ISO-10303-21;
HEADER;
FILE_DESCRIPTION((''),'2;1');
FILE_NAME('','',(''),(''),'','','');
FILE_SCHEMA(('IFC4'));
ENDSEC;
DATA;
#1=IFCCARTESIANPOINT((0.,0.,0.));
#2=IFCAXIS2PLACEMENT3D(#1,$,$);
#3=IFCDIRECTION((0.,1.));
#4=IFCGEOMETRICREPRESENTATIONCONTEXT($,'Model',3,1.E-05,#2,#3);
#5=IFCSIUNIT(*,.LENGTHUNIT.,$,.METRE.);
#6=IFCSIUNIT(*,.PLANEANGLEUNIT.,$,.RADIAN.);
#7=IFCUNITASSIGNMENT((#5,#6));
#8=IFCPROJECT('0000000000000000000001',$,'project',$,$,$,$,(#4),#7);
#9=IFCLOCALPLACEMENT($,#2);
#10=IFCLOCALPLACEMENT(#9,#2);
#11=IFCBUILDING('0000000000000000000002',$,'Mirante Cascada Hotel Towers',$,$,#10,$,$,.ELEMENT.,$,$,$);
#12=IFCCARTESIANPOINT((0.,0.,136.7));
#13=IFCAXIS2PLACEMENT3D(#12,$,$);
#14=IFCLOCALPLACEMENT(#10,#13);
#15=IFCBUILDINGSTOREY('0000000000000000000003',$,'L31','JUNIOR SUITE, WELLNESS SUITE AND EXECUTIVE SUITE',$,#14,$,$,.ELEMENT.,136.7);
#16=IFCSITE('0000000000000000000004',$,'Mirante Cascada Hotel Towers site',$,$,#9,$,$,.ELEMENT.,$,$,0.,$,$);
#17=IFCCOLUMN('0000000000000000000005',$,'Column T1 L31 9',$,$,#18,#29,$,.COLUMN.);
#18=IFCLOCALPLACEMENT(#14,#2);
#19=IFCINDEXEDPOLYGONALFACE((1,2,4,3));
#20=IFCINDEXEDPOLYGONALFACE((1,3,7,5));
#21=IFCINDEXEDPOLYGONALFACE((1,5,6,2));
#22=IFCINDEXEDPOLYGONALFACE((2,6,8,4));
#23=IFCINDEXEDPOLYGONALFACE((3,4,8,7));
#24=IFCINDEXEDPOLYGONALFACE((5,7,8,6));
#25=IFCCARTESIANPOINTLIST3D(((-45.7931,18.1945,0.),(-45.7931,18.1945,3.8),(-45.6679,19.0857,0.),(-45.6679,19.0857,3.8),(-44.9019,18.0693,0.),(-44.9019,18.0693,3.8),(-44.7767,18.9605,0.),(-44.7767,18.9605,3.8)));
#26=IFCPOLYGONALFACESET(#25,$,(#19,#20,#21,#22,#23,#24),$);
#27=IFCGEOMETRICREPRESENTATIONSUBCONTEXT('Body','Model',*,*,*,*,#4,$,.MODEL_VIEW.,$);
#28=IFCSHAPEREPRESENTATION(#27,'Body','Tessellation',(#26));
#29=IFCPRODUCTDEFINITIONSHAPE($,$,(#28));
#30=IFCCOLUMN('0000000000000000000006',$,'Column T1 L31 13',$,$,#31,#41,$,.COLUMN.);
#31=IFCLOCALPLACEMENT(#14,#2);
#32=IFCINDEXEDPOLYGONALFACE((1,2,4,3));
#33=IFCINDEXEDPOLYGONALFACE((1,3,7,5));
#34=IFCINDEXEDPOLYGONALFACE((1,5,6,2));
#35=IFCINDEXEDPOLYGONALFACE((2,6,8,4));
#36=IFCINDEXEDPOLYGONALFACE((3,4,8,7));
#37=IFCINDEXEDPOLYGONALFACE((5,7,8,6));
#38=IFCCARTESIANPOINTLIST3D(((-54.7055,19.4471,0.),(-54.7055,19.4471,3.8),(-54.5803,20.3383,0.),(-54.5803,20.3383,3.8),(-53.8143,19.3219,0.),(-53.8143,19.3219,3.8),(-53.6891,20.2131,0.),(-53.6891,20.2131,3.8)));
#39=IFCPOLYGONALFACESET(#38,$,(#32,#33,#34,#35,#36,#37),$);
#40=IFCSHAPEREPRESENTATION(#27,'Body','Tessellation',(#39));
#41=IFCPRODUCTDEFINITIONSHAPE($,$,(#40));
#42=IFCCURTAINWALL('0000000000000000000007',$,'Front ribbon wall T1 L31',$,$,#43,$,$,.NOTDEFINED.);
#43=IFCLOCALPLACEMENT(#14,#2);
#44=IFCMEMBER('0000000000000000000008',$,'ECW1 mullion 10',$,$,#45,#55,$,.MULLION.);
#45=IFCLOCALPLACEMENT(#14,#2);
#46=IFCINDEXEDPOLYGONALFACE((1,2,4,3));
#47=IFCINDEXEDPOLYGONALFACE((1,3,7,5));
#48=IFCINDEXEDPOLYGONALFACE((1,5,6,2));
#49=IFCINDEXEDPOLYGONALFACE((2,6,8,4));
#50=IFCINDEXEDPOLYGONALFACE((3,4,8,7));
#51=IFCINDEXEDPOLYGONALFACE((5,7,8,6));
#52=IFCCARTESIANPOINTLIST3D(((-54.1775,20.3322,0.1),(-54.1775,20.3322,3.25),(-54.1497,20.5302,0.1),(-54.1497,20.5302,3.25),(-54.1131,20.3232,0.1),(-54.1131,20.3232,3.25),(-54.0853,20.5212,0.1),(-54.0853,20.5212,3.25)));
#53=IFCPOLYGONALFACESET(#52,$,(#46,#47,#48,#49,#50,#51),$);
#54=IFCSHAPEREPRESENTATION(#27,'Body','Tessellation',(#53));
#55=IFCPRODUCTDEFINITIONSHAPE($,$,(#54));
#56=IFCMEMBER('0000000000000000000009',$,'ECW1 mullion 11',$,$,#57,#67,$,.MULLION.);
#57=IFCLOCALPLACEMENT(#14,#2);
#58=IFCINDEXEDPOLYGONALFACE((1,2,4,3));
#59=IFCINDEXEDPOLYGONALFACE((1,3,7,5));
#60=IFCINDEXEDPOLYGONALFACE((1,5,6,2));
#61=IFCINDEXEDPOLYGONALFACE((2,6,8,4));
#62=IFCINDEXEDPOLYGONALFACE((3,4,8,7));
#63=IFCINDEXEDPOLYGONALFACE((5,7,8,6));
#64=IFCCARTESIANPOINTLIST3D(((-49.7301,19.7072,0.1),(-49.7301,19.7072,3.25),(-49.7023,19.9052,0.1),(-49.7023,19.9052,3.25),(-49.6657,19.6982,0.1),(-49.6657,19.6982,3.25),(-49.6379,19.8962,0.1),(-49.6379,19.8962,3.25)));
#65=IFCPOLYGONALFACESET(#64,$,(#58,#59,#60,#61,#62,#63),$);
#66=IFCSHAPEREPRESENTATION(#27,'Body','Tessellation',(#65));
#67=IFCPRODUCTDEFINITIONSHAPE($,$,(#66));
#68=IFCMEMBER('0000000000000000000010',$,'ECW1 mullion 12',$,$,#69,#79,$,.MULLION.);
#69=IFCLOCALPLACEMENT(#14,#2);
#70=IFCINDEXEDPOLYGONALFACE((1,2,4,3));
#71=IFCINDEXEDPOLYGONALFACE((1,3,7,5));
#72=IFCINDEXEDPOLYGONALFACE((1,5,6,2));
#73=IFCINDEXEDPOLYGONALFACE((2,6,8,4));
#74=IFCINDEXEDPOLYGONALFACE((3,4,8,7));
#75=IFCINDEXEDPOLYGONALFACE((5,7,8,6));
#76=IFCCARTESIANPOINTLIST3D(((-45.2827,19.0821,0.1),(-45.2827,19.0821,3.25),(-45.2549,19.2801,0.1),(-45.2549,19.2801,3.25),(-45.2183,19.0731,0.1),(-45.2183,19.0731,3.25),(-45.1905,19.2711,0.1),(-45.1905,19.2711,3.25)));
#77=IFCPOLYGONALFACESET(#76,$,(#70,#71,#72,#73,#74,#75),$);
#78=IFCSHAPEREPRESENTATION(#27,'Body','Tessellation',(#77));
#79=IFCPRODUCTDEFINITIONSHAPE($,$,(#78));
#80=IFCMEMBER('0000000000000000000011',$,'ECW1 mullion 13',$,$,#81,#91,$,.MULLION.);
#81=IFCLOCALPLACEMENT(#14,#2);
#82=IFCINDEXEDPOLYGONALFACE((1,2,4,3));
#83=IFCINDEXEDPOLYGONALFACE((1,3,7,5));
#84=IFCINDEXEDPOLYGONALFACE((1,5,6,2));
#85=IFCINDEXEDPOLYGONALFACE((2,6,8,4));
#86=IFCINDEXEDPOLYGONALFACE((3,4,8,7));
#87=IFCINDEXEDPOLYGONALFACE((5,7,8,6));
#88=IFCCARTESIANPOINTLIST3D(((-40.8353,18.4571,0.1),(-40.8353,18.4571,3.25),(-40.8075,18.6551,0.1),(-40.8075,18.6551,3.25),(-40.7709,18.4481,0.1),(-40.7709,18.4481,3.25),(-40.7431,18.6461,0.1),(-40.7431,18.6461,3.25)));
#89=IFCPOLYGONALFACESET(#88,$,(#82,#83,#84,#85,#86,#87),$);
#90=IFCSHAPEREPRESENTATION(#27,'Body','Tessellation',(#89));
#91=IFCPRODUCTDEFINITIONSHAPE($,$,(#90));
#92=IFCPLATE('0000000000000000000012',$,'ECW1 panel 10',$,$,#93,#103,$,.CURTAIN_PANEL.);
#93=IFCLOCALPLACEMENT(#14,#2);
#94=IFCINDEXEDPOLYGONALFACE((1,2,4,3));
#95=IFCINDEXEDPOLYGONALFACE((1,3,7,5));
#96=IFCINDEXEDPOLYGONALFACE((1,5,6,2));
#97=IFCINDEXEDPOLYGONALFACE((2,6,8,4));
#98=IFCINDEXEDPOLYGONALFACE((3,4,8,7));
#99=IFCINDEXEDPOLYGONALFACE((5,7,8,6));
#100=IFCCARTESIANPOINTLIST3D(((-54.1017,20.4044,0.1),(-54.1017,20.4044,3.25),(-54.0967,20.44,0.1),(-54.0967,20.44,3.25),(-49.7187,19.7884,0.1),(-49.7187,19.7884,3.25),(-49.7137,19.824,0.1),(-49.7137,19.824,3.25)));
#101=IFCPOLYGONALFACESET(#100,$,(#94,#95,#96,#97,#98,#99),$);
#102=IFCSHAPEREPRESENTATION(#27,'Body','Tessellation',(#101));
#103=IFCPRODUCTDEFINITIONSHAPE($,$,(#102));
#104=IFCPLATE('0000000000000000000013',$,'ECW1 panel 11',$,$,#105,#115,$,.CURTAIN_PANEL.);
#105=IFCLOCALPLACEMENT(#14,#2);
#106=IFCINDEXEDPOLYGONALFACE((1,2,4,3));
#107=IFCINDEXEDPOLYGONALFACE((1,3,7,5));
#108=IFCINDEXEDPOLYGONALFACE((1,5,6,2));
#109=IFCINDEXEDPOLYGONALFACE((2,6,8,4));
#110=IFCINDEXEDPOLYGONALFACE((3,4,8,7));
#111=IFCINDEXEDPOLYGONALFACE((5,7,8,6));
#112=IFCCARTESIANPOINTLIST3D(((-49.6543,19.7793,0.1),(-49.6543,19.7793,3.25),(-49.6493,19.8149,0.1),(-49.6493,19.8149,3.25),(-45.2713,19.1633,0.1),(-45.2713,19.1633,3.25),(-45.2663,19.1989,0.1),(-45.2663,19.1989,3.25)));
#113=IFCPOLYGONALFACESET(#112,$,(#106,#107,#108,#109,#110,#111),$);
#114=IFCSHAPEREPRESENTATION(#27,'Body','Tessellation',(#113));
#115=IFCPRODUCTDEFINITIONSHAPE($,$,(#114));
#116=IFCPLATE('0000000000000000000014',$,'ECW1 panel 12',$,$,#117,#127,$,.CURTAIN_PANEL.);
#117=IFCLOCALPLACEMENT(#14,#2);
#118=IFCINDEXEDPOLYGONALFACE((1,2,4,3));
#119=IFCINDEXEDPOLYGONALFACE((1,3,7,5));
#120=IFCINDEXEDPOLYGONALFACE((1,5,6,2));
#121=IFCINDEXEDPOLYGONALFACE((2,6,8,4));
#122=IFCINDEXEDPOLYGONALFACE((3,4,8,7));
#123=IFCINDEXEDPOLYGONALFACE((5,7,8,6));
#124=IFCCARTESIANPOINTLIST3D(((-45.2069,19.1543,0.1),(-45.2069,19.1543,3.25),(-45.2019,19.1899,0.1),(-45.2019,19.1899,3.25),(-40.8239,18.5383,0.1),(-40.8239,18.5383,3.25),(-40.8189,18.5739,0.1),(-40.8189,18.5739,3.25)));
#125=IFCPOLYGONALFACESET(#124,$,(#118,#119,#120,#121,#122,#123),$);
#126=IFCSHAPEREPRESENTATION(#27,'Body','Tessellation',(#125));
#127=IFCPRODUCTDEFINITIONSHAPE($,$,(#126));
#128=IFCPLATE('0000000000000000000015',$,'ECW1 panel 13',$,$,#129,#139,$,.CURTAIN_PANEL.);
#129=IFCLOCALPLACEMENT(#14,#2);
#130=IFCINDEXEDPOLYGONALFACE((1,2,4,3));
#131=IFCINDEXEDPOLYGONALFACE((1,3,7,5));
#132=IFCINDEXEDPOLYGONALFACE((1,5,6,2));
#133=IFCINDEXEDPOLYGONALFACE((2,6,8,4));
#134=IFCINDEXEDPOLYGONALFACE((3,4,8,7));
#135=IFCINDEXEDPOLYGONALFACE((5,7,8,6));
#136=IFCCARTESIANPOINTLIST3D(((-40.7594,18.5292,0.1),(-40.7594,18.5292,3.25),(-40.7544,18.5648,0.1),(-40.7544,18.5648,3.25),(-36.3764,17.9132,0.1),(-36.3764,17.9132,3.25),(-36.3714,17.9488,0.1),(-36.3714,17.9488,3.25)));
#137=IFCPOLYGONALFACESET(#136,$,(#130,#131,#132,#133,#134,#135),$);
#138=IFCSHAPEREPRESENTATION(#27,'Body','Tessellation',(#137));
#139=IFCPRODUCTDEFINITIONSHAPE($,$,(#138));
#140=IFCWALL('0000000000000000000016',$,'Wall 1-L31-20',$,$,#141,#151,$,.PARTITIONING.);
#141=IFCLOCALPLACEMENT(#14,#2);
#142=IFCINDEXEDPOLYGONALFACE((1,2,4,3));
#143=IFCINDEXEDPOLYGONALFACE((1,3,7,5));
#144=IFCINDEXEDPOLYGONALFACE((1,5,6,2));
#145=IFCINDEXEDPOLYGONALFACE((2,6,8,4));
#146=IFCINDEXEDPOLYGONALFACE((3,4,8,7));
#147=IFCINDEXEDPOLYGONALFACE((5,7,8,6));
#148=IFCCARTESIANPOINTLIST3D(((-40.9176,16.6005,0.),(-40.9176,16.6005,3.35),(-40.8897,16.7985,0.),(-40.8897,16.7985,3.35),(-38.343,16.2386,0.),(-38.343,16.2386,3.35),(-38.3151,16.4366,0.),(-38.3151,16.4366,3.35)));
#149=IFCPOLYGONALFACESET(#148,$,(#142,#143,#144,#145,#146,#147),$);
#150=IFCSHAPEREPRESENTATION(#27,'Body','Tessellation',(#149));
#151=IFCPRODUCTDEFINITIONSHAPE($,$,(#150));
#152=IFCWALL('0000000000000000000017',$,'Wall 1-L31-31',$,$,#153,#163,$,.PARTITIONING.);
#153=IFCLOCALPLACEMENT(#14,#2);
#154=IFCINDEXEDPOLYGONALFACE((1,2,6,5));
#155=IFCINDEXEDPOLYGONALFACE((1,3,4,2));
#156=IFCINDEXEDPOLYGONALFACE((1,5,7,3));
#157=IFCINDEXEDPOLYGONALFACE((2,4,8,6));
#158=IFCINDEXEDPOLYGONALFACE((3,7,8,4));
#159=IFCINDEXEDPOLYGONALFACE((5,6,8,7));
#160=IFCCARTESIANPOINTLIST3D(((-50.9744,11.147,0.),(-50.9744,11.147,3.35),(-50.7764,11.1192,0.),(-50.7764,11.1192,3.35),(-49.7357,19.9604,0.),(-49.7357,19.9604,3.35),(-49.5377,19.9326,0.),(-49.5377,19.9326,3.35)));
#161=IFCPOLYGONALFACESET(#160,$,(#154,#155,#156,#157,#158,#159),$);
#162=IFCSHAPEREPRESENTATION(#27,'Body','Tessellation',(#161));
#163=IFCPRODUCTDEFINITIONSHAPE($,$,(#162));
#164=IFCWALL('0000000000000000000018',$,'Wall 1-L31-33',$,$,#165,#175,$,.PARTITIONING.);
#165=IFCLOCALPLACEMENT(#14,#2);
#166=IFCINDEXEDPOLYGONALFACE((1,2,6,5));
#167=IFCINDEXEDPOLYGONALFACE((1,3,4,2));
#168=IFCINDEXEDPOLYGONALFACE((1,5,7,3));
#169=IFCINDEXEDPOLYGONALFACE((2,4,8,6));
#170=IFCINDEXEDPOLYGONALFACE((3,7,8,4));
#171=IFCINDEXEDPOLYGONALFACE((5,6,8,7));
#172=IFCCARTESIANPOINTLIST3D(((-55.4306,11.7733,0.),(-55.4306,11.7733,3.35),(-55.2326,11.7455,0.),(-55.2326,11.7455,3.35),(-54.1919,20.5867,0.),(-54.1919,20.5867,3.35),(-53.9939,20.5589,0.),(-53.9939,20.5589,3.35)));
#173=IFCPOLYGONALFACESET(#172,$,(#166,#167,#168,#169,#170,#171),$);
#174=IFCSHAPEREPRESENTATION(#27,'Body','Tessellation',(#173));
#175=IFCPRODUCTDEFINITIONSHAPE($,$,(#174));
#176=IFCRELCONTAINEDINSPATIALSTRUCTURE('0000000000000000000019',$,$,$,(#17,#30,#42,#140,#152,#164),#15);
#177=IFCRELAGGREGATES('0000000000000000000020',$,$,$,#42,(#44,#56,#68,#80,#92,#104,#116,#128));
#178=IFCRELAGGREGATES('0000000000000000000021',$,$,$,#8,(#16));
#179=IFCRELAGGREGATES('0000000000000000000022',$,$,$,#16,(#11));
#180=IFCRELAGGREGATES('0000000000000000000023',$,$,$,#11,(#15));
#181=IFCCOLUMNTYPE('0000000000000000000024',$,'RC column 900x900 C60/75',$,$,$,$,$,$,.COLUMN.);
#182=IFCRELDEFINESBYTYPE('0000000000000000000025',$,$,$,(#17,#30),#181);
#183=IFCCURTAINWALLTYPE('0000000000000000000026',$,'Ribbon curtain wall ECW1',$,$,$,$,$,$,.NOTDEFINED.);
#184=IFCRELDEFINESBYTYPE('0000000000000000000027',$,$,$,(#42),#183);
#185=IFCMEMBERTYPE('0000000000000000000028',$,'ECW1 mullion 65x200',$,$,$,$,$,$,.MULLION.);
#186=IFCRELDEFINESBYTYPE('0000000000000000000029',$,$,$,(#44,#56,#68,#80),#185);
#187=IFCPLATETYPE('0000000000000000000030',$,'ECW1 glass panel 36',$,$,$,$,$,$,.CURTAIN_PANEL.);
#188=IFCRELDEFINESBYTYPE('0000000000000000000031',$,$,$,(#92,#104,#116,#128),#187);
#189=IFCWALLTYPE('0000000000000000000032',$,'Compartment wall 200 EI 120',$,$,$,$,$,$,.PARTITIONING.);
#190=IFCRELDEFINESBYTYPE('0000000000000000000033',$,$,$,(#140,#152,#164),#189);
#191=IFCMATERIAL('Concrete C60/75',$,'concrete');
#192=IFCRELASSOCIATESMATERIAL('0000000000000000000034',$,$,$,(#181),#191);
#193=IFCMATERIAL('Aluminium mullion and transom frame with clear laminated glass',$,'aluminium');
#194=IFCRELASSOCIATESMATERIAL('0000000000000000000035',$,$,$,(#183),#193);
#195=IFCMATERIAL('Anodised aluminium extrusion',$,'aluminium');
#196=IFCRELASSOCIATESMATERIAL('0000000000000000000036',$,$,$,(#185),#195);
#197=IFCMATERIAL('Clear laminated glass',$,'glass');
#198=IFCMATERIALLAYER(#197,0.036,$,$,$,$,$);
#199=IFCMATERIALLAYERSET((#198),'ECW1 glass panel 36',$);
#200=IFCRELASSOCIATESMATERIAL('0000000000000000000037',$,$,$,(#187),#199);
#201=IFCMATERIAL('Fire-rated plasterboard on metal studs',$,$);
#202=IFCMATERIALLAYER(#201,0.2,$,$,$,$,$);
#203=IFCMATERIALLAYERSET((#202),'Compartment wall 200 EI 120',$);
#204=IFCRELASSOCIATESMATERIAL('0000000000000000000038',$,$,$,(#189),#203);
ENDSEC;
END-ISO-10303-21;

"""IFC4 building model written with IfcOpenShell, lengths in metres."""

from ifc_helpers import new_model, si_unit, direction, frame, frame_2d, origin, origin_2d, place, context, subcontext, project, spatial, rectangle, extrude, material, layer, layer_set, material_profile, profile_set, type_object, element, aggregate, save


model = new_model("IFC4")

# Units and contexts
model_context = context("Model", 3, precision=1e-05, world=origin(), true_north=direction((0.0, 1.0)))
body_context = subcontext(model_context, "Body", "Model", "MODEL_VIEW")
ifc_project = project(units=[si_unit("LENGTHUNIT", "METRE"), si_unit("PLANEANGLEUNIT", "RADIAN")], contexts=[model_context])

# Site, building, storey
site_placement = place(None, origin())
site = spatial("IfcSite", under=ifc_project, at=site_placement, Name="Mirante Cascada Hotel Towers site", CompositionType="ELEMENT", RefElevation=0.0)
building_placement = place(site_placement, origin())
building = spatial("IfcBuilding", under=site, at=building_placement, Name="Mirante Cascada Hotel Towers", CompositionType="ELEMENT")
storey_placement = place(building_placement, frame((0.0, 0.0, 136.7)))
storey = spatial("IfcBuildingStorey", under=building, at=storey_placement, Name="L31", Description="JUNIOR SUITE, WELLNESS SUITE AND EXECUTIVE SUITE", CompositionType="ELEMENT", Elevation=136.7)

# Columns
ifc_material_1 = material(Name="Concrete C60/75", Category="concrete")
ifc_material_profile_1 = material_profile(ifc_material_1, rectangle(XDim=0.9, YDim=0.9, at=origin_2d()), Name="RC column 900x900 C60/75")
ifc_profile_set_1 = profile_set([ifc_material_profile_1], Name="Concrete C60/75")
column_type = type_object("IfcColumnType", Name="RC column 900x900 C60/75", PredefinedType="COLUMN", material=ifc_profile_set_1)
for number, where, z_axis, x_axis, name in (
    (1, (-45.2849, 18.5775, 0.0), (0.0, 0.0, 1.0), (-0.990268, 0.139173, 0.0), "Column T1 L31 9"),
    (2, (-54.1973, 19.8301, 0.0), (0.0, 0.0, 1.0), (-0.990268, 0.139173, 0.0), "Column T1 L31 13"),
):
    element("IfcColumn", number, at=place(storey_placement, frame(where, z_axis=z_axis, x_axis=x_axis)), inside=storey, type_object=column_type, Name=name, PredefinedType="COLUMN", context=body_context, shape_type="SweptSolid", body=[
        extrude(rectangle(XDim=0.9, YDim=0.9, at=origin_2d()), origin(), (0.0, 0.0, 1.0), 3.8),
    ])

# Curtain wall, members, plates
ifc_material_2 = material(Name="Aluminium mullion and transom frame with clear laminated glass", Category="aluminium")
curtain_wall_type = type_object("IfcCurtainWallType", Name="Ribbon curtain wall ECW1", PredefinedType="NOTDEFINED", material=ifc_material_2)
curtain_wall_placement = place(storey_placement, origin())
curtain_wall = element("IfcCurtainWall", 3, at=curtain_wall_placement, inside=storey, type_object=curtain_wall_type, Name="Front ribbon wall T1 L31", PredefinedType="NOTDEFINED")
ifc_material_3 = material(Name="Anodised aluminium extrusion", Category="aluminium")
ifc_material_profile_2 = material_profile(ifc_material_3, rectangle(XDim=0.2, YDim=0.065, at=origin_2d()), Name="ECW1 MULLION 65x200")
ifc_profile_set_2 = profile_set([ifc_material_profile_2], Name="Anodised aluminium extrusion")
member_type = type_object("IfcMemberType", Name="ECW1 mullion 65x200", PredefinedType="MULLION", material=ifc_profile_set_2)
member_1_placement = place(storey_placement, frame((-54.1314, 20.4267, 0.1), z_axis=(0.0, 0.0, 1.0), x_axis=(0.139173, 0.990268, 0.0)))
member_1 = element("IfcMember", 4, at=member_1_placement, type_object=member_type, Name="ECW1 mullion 10", PredefinedType="MULLION", context=body_context, shape_type="SweptSolid", body=[
    extrude(rectangle(XDim=0.2, YDim=0.065, at=origin_2d()), origin(), (0.0, 0.0, 1.0), 3.15),
])
member_2_placement = place(storey_placement, frame((-49.684, 19.8017, 0.1), z_axis=(0.0, 0.0, 1.0), x_axis=(0.139173, 0.990268, 0.0)))
member_2 = element("IfcMember", 5, at=member_2_placement, type_object=member_type, Name="ECW1 mullion 11", PredefinedType="MULLION", context=body_context, shape_type="SweptSolid", body=[
    extrude(rectangle(XDim=0.2, YDim=0.065, at=origin_2d()), origin(), (0.0, 0.0, 1.0), 3.15),
])
member_3_placement = place(storey_placement, frame((-45.2366, 19.1766, 0.1), z_axis=(0.0, 0.0, 1.0), x_axis=(0.139173, 0.990268, 0.0)))
member_3 = element("IfcMember", 6, at=member_3_placement, type_object=member_type, Name="ECW1 mullion 12", PredefinedType="MULLION", context=body_context, shape_type="SweptSolid", body=[
    extrude(rectangle(XDim=0.2, YDim=0.065, at=origin_2d()), origin(), (0.0, 0.0, 1.0), 3.15),
])
member_4_placement = place(storey_placement, frame((-40.7892, 18.5516, 0.1), z_axis=(0.0, 0.0, 1.0), x_axis=(0.139173, 0.990268, 0.0)))
member_4 = element("IfcMember", 7, at=member_4_placement, type_object=member_type, Name="ECW1 mullion 13", PredefinedType="MULLION", context=body_context, shape_type="SweptSolid", body=[
    extrude(rectangle(XDim=0.2, YDim=0.065, at=origin_2d()), origin(), (0.0, 0.0, 1.0), 3.15),
])
ifc_material_4 = material(Name="Clear laminated glass", Category="glass")
ifc_layer_1 = layer(ifc_material_4, 0.036)
ifc_layer_set_1 = layer_set([ifc_layer_1], Name="ECW1 glass panel 36")
plate_type = type_object("IfcPlateType", Name="ECW1 glass panel 36", PredefinedType="CURTAIN_PANEL", material=ifc_layer_set_1)
plate_1_placement = place(storey_placement, frame((-51.9077, 20.1142, 0.1), z_axis=(0.0, 0.0, 1.0), x_axis=(0.990268, -0.139173, 0.0)))
plate_1 = element("IfcPlate", 8, at=plate_1_placement, type_object=plate_type, Name="ECW1 panel 10", PredefinedType="CURTAIN_PANEL", context=body_context, shape_type="SweptSolid", body=[
    extrude(rectangle(XDim=4.4261, YDim=0.036, at=origin_2d()), origin(), (0.0, 0.0, 1.0), 3.15),
])
plate_2_placement = place(storey_placement, frame((-47.4603, 19.4891, 0.1), z_axis=(0.0, 0.0, 1.0), x_axis=(0.990268, -0.139173, 0.0)))
plate_2 = element("IfcPlate", 9, at=plate_2_placement, type_object=plate_type, Name="ECW1 panel 11", PredefinedType="CURTAIN_PANEL", context=body_context, shape_type="SweptSolid", body=[
    extrude(rectangle(XDim=4.4261, YDim=0.036, at=origin_2d()), origin(), (0.0, 0.0, 1.0), 3.15),
])
plate_3_placement = place(storey_placement, frame((-43.0129, 18.8641, 0.1), z_axis=(0.0, 0.0, 1.0), x_axis=(0.990268, -0.139173, 0.0)))
plate_3 = element("IfcPlate", 10, at=plate_3_placement, type_object=plate_type, Name="ECW1 panel 12", PredefinedType="CURTAIN_PANEL", context=body_context, shape_type="SweptSolid", body=[
    extrude(rectangle(XDim=4.4261, YDim=0.036, at=origin_2d()), origin(), (0.0, 0.0, 1.0), 3.15),
])
plate_4_placement = place(storey_placement, frame((-38.5654, 18.239, 0.1), z_axis=(0.0, 0.0, 1.0), x_axis=(0.990268, -0.139173, 0.0)))
plate_4 = element("IfcPlate", 11, at=plate_4_placement, type_object=plate_type, Name="ECW1 panel 13", PredefinedType="CURTAIN_PANEL", context=body_context, shape_type="SweptSolid", body=[
    extrude(rectangle(XDim=4.4261, YDim=0.036, at=origin_2d()), origin(), (0.0, 0.0, 1.0), 3.15),
])
aggregate(curtain_wall, [member_1, member_2, member_3, member_4, plate_1, plate_2, plate_3, plate_4])

# Walls
ifc_material_5 = material(Name="Fire-rated plasterboard on metal studs")
ifc_layer_2 = layer(ifc_material_5, 0.2)
ifc_layer_set_2 = layer_set([ifc_layer_2], Name="Compartment wall 200 EI 120")
wall_type_1 = type_object("IfcWallType", Name="Compartment wall 200 EI 120", PredefinedType="PARTITIONING", material=ifc_layer_set_2)
wall_1_placement = place(storey_placement, frame((-38.329, 16.3376, 0.0), z_axis=(0.0, 0.0, 1.0), x_axis=(-0.990265, 0.139197, 0.0)))
element("IfcWall", 12, at=wall_1_placement, inside=storey, type_object=wall_type_1, Name="Wall 1-L31-20", PredefinedType="PARTITIONING", context=body_context, shape_type="SweptSolid", body=[
    extrude(rectangle(XDim=2.5999, YDim=0.2, at=frame_2d((1.3, 0.0))), origin(), (0.0, 0.0, 1.0), 3.35),
])
for number, where, z_axis, x_axis, name in (
    (13, (-49.6367, 19.9465, 0.0), (0.0, 0.0, 1.0), (-0.139179, -0.990267, 0.0), "Wall 1-L31-31"),
    (14, (-54.0929, 20.5728, 0.0), (0.0, 0.0, 1.0), (-0.139179, -0.990267, 0.0), "Wall 1-L31-33"),
):
    element("IfcWall", number, at=place(storey_placement, frame(where, z_axis=z_axis, x_axis=x_axis)), inside=storey, type_object=wall_type_1, Name=name, PredefinedType="PARTITIONING", context=body_context, shape_type="SweptSolid", body=[
        extrude(rectangle(XDim=8.9, YDim=0.2, at=frame_2d((4.45, 0.0))), origin(), (0.0, 0.0, 1.0), 3.35),
    ])

save(model, "model.ifc")
